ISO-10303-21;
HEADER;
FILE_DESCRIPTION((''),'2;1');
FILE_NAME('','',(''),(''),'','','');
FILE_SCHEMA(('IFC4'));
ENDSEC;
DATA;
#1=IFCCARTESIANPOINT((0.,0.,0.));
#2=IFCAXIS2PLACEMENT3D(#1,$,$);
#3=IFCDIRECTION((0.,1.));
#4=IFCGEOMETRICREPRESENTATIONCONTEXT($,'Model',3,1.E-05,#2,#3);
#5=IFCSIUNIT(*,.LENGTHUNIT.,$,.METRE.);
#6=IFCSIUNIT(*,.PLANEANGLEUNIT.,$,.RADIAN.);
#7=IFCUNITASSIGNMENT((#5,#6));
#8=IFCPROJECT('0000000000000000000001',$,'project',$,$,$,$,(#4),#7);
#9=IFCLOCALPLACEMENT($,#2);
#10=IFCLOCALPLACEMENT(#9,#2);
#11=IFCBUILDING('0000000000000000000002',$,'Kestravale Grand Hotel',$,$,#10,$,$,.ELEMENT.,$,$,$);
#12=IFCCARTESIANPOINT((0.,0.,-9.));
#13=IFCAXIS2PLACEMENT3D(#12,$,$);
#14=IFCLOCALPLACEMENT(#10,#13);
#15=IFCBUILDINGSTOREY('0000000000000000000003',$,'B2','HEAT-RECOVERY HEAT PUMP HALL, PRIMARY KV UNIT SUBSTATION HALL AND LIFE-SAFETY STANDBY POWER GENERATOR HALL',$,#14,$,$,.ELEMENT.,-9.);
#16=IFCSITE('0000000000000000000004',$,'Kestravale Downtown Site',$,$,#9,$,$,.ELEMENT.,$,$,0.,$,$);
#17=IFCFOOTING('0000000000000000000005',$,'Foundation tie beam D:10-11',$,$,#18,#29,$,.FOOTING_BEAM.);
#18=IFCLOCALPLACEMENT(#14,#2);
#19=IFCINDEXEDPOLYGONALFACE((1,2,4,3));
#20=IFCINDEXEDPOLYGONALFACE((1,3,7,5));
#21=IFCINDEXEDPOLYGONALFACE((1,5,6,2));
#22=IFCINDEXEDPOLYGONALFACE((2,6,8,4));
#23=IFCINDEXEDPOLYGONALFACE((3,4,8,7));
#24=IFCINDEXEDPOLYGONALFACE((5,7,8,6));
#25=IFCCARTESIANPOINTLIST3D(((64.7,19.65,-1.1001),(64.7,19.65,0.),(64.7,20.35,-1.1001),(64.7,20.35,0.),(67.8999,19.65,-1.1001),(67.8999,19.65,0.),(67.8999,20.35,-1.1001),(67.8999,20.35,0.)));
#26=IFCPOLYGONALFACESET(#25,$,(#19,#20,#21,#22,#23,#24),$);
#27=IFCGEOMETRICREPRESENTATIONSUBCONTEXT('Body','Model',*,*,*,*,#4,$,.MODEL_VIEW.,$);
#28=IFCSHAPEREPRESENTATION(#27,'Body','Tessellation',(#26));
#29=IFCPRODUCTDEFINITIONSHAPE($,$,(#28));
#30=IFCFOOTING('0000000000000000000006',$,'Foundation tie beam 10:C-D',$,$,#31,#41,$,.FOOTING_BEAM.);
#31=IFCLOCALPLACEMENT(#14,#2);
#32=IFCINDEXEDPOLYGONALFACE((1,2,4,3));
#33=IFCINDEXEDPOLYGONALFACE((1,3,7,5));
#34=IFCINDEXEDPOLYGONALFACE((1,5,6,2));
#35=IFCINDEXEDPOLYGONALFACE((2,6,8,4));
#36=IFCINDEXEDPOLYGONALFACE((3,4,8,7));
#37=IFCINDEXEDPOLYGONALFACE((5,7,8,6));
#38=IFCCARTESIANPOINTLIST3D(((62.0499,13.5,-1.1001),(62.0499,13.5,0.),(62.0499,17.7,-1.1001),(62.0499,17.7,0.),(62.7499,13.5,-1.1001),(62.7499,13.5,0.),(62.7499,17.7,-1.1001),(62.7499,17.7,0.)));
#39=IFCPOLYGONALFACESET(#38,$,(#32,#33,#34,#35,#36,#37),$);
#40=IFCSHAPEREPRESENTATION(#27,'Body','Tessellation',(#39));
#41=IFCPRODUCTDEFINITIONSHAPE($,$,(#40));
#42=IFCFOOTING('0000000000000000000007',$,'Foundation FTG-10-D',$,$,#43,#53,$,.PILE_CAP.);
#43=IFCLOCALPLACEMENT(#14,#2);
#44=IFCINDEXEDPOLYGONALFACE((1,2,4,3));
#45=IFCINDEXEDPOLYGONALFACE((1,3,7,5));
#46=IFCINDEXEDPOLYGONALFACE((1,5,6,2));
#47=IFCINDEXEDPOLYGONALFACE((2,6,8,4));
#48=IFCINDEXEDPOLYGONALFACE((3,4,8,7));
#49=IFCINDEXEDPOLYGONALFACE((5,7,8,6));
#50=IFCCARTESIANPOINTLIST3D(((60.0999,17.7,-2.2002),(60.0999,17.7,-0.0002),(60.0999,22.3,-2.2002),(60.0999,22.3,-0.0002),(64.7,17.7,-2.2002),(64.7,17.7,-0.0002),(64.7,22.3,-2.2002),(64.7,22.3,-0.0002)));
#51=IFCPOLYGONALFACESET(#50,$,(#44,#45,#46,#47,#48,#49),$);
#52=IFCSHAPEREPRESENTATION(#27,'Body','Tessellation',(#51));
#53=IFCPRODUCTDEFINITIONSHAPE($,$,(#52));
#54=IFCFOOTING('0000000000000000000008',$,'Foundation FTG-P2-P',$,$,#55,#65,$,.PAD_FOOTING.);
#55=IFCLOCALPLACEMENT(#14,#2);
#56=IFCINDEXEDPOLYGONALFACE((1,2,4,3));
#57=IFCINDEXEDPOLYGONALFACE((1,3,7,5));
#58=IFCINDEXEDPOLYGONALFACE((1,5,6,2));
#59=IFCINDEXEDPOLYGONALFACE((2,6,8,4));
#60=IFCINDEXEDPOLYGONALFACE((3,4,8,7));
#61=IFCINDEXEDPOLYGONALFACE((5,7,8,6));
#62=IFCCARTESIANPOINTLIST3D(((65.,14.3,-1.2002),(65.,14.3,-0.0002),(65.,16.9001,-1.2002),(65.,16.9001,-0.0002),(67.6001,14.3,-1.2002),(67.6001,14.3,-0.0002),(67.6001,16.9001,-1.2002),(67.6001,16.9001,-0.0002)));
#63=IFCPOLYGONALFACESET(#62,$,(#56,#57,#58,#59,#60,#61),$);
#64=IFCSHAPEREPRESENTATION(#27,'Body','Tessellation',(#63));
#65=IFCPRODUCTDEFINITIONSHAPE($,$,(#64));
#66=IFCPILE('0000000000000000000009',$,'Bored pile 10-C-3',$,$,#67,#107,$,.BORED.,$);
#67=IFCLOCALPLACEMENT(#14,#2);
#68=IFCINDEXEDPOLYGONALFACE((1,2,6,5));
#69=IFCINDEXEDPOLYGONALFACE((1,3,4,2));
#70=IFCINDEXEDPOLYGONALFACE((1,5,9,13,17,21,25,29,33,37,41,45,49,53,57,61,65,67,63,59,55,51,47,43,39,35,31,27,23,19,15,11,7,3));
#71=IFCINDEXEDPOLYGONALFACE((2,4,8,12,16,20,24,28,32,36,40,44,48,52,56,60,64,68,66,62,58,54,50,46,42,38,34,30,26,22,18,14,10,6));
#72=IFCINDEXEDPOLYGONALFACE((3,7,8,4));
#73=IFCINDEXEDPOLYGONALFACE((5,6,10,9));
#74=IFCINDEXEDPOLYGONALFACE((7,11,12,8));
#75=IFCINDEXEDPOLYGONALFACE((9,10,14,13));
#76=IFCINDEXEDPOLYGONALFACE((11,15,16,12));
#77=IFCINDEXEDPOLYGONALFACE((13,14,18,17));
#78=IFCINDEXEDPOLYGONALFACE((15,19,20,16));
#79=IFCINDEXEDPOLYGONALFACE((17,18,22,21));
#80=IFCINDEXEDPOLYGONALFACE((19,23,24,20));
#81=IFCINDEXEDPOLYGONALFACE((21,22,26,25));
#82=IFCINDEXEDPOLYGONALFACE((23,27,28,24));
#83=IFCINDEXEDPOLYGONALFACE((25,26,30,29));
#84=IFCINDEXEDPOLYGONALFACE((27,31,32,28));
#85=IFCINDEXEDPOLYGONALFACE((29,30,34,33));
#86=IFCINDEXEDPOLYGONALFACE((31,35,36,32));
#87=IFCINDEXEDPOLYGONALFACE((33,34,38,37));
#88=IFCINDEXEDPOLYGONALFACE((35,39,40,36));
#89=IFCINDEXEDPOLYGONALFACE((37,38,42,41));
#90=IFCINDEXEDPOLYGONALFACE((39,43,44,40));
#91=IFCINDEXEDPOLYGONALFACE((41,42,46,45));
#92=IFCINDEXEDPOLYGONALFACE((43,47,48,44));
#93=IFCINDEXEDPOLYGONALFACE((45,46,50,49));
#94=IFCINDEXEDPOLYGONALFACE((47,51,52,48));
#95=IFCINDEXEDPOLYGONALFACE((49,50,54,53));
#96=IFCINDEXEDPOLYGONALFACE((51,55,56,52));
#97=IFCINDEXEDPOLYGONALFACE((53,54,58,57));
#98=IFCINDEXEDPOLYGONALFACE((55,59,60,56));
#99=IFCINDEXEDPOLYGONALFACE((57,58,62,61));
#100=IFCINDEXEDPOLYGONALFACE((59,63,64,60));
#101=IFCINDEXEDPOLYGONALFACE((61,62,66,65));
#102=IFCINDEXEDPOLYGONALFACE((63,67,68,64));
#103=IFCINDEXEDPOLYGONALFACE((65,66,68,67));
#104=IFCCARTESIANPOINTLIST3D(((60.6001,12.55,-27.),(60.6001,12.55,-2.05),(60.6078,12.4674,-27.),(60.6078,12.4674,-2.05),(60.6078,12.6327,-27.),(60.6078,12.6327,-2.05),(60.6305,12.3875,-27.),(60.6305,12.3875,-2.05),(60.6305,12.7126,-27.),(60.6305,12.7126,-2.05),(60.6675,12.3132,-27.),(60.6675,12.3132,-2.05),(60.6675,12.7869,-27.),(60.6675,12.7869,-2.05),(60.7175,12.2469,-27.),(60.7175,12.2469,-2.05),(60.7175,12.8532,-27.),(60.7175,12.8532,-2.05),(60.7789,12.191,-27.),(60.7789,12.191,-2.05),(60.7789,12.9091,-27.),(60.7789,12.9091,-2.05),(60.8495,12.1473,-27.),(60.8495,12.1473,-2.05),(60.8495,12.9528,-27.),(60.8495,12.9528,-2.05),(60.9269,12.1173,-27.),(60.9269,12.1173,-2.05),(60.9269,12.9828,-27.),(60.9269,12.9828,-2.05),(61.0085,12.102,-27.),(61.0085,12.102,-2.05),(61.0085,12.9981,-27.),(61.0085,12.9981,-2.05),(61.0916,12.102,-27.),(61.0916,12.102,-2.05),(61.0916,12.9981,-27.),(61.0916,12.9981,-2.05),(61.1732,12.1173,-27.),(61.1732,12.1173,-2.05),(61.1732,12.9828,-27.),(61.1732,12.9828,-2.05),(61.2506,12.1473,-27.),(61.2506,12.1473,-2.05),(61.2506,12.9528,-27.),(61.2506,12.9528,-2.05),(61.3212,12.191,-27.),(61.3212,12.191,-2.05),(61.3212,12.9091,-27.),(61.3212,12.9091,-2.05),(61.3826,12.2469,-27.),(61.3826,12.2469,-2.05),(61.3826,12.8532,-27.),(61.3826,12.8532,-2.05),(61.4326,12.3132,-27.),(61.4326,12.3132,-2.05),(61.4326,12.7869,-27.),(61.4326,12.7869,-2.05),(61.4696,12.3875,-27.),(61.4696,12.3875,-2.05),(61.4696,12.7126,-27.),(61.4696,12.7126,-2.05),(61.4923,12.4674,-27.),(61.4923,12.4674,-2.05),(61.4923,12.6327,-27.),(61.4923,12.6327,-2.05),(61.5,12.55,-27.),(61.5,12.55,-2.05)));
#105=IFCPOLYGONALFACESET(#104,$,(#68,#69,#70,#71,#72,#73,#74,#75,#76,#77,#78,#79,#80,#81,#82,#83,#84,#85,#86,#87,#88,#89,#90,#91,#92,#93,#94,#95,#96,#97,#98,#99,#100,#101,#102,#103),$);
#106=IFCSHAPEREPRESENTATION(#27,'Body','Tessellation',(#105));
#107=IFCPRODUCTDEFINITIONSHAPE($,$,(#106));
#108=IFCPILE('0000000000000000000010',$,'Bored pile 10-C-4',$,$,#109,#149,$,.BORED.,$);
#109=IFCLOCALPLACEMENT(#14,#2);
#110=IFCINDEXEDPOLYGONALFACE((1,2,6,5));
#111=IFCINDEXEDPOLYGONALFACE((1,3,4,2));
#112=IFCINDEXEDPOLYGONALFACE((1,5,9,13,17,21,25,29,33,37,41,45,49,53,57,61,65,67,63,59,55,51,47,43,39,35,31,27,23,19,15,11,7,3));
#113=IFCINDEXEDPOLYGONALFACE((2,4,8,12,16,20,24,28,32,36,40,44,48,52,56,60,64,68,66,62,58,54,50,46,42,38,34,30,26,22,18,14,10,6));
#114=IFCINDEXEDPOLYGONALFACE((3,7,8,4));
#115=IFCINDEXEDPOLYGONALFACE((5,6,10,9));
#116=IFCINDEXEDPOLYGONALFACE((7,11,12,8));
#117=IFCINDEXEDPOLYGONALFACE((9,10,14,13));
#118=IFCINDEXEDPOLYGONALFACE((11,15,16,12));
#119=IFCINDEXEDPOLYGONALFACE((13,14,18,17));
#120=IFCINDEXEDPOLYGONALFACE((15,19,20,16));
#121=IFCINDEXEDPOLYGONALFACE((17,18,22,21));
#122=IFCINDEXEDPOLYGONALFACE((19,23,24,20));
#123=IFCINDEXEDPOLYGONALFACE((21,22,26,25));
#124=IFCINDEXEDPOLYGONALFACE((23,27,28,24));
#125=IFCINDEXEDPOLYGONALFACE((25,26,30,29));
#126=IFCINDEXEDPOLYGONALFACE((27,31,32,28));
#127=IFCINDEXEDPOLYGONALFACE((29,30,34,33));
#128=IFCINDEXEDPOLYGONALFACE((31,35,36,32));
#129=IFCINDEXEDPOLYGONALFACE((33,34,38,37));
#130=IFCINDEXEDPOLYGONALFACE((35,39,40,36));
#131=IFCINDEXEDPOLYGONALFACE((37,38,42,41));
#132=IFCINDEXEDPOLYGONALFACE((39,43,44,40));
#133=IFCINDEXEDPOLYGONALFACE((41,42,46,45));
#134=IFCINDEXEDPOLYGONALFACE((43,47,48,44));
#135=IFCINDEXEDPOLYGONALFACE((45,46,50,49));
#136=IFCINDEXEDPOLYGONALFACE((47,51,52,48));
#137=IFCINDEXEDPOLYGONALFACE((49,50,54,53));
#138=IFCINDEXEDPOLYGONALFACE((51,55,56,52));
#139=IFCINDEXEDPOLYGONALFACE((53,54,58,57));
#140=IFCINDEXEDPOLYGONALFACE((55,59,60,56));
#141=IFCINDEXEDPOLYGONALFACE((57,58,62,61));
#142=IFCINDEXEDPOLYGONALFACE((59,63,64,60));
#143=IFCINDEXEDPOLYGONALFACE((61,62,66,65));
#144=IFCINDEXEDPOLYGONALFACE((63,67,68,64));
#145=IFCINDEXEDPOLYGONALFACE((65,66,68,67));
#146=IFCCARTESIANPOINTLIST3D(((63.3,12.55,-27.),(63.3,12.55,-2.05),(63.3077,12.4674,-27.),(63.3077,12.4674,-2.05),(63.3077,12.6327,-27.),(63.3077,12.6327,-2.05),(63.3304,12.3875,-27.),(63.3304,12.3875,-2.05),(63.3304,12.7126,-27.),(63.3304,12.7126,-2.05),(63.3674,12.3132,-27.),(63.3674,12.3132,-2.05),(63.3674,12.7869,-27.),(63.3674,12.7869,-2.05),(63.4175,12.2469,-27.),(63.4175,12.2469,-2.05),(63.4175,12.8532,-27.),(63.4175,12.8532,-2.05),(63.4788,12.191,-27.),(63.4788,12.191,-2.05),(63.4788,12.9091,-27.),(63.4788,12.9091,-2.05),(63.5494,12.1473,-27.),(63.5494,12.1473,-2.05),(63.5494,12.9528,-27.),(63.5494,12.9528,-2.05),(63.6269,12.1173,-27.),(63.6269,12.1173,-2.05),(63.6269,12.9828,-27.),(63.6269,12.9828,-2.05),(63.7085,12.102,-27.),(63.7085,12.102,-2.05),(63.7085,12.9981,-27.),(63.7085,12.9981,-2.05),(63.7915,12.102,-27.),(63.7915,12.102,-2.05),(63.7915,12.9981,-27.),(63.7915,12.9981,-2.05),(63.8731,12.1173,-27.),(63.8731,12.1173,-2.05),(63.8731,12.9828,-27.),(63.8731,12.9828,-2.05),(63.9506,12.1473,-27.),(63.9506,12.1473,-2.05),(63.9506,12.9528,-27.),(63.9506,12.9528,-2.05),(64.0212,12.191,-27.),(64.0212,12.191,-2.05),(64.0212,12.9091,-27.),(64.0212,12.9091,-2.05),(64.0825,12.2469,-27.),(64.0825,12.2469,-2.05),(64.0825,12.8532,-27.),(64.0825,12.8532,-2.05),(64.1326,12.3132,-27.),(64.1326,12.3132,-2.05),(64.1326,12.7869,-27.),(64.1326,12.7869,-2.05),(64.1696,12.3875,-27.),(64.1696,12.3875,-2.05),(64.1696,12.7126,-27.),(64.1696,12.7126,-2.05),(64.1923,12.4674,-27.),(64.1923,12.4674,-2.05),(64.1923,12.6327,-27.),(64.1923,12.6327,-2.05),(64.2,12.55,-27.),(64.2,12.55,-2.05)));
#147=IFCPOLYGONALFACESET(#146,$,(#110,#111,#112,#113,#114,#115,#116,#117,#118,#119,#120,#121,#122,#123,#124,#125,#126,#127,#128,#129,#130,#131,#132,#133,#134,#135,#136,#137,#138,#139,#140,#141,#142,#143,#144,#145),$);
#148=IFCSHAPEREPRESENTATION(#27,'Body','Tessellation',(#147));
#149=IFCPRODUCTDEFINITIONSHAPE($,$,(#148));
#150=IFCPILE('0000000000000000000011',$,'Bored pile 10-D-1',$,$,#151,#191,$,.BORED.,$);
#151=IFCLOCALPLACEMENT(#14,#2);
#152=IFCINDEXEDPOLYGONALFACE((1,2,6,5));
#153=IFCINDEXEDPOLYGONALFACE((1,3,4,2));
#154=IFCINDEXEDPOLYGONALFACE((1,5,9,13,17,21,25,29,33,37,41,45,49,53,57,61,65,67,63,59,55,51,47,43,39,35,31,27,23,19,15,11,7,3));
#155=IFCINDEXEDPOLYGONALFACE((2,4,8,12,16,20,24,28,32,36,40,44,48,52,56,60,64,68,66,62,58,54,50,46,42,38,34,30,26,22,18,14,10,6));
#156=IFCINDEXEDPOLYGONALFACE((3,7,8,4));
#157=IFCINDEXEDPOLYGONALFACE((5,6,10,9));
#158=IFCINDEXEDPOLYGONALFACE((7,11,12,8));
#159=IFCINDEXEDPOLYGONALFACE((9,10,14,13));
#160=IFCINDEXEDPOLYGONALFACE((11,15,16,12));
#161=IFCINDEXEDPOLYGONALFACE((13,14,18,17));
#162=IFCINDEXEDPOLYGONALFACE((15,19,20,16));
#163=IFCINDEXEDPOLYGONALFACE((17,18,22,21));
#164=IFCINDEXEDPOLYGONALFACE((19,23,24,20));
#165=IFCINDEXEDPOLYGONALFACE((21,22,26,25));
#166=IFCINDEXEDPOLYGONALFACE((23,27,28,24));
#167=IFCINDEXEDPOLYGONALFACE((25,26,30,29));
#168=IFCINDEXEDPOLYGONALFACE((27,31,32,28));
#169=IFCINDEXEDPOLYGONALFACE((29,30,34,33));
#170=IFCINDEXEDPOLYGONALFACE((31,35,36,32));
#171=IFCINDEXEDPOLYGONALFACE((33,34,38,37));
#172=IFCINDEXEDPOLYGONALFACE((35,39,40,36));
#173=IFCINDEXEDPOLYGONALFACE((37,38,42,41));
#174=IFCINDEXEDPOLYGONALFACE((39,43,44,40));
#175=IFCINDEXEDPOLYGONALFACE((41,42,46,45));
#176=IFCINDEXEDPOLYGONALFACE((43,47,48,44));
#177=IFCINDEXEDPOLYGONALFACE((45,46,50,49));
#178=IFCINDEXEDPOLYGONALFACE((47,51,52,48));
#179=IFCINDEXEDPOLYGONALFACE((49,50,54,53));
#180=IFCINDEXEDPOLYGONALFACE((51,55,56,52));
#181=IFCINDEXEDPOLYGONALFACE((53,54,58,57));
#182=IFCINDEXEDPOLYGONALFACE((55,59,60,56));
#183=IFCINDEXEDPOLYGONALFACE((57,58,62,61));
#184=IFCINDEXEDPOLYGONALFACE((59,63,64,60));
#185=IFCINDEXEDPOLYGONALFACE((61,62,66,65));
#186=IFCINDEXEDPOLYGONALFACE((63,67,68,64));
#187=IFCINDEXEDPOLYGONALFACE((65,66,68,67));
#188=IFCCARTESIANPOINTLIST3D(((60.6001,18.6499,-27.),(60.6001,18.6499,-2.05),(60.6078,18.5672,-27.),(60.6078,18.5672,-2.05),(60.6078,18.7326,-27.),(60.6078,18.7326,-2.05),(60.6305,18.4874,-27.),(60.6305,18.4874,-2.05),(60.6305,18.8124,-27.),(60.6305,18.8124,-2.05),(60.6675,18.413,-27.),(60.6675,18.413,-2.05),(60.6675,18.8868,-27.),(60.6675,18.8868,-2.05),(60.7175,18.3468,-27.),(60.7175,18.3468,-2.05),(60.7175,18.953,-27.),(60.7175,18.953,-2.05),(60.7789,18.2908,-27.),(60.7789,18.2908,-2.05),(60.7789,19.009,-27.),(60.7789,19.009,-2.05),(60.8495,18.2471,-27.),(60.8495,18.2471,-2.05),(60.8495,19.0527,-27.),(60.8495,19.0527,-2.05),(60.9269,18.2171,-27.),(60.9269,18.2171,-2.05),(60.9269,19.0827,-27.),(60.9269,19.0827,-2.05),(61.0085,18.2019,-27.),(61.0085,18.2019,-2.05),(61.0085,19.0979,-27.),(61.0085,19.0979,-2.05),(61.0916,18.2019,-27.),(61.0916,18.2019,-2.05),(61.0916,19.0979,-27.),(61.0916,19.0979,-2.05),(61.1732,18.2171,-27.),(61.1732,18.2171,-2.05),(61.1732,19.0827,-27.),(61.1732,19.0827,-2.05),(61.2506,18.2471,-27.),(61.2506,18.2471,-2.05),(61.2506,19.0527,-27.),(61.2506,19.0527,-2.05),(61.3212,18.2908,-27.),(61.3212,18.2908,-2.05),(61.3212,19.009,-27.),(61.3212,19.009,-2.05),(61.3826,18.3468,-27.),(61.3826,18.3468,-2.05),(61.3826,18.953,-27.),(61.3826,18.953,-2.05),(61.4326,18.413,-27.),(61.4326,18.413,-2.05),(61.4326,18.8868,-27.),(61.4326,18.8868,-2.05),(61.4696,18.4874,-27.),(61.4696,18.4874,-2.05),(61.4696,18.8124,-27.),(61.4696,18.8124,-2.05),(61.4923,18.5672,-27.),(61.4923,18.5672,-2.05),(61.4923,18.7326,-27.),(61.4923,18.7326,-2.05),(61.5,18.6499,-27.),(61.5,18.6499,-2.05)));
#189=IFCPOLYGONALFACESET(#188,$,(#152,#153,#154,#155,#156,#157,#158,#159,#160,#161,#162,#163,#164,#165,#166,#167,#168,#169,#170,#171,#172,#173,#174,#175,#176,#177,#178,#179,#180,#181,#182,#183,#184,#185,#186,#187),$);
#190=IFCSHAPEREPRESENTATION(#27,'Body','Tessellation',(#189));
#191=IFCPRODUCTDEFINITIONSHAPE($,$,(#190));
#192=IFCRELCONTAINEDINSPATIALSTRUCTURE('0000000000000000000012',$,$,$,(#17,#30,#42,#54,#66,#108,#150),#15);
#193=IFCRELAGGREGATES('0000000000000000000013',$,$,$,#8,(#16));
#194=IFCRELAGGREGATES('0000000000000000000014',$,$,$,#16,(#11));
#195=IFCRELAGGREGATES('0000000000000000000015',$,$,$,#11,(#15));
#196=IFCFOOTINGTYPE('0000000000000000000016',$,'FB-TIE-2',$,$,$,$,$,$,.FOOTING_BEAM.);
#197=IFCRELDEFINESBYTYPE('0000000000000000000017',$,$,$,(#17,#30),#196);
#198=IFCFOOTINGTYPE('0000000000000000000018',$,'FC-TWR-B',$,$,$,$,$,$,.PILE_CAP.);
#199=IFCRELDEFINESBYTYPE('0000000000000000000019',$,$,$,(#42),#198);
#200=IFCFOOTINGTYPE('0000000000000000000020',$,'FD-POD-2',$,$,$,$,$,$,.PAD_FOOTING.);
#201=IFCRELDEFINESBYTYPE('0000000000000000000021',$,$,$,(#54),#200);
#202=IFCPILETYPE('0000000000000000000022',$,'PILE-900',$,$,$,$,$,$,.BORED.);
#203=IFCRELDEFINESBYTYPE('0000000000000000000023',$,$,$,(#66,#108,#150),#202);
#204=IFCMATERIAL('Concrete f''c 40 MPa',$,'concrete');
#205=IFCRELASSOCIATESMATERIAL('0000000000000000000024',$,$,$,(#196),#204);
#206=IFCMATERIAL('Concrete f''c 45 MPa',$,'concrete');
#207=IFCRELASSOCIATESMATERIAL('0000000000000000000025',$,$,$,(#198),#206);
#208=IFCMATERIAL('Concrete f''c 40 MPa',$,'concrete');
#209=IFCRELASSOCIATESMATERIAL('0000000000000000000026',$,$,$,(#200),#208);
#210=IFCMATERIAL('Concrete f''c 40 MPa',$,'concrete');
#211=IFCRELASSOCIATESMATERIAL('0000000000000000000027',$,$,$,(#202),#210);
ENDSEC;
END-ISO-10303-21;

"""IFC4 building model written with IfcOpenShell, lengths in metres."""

from ifc_helpers import new_model, si_unit, direction, frame, origin, origin_2d, place, context, subcontext, project, spatial, rectangle, circle, extrude, material, material_profile, profile_set, type_object, element, save


model = new_model("IFC4")

# Units and contexts
model_context = context("Model", 3, precision=1e-05, world=origin(), true_north=direction((0.0, 1.0)))
body_context = subcontext(model_context, "Body", "Model", "MODEL_VIEW")
ifc_project = project(units=[si_unit("LENGTHUNIT", "METRE"), si_unit("PLANEANGLEUNIT", "RADIAN")], contexts=[model_context])

# Site, building, storey
site_placement = place(None, origin())
site = spatial("IfcSite", under=ifc_project, at=site_placement, Name="Kestravale Downtown Site", CompositionType="ELEMENT", RefElevation=0.0)
building_placement = place(site_placement, origin())
building = spatial("IfcBuilding", under=site, at=building_placement, Name="Kestravale Grand Hotel", CompositionType="ELEMENT")
storey_placement = place(building_placement, frame((0.0, 0.0, -9.0)))
storey = spatial("IfcBuildingStorey", under=building, at=storey_placement, Name="B2", Description="HEAT-RECOVERY HEAT PUMP HALL, PRIMARY KV UNIT SUBSTATION HALL AND LIFE-SAFETY STANDBY POWER GENERATOR HALL", CompositionType="ELEMENT", Elevation=-9.0)

# Footings
ifc_material_1 = material(Name="Concrete f'c 40 MPa", Category="concrete")
ifc_material_profile_1 = material_profile(ifc_material_1, rectangle(XDim=0.7, YDim=1.1001, at=origin_2d()))
ifc_profile_set_1 = profile_set([ifc_material_profile_1], Name="Concrete f'c 40 MPa")
footing_type_1 = type_object("IfcFootingType", Name="FB-TIE-2", PredefinedType="FOOTING_BEAM", material=ifc_profile_set_1)
footing_1_placement = place(storey_placement, frame((64.7, 20.0, -0.55), z_axis=(1.0, 0.0, 0.0), x_axis=(0.0, 1.0, 0.0)))
element("IfcFooting", 1, at=footing_1_placement, inside=storey, type_object=footing_type_1, Name="Foundation tie beam D:10-11", PredefinedType="FOOTING_BEAM", context=body_context, shape_type="SweptSolid", body=[
    extrude(rectangle(XDim=0.7, YDim=1.1001, at=origin_2d()), origin(), (0.0, 0.0, 1.0), 3.2),
])
footing_2_placement = place(storey_placement, frame((62.3999, 13.5, -0.55), z_axis=(0.0, 1.0, 0.0), x_axis=(-1.0, 0.0, 0.0)))
element("IfcFooting", 2, at=footing_2_placement, inside=storey, type_object=footing_type_1, Name="Foundation tie beam 10:C-D", PredefinedType="FOOTING_BEAM", context=body_context, shape_type="SweptSolid", body=[
    extrude(rectangle(XDim=0.7, YDim=1.1001, at=origin_2d()), origin(), (0.0, 0.0, 1.0), 4.2),
])
ifc_material_2 = material(Name="Concrete f'c 45 MPa", Category="concrete")
footing_type_2 = type_object("IfcFootingType", Name="FC-TWR-B", PredefinedType="PILE_CAP", material=ifc_material_2)
footing_3_placement = place(storey_placement, frame((62.3999, 20.0, -2.2002), z_axis=(0.0, 0.0, 1.0), x_axis=(1.0, 0.0, 0.0)))
element("IfcFooting", 3, at=footing_3_placement, inside=storey, type_object=footing_type_2, Name="Foundation FTG-10-D", PredefinedType="PILE_CAP", context=body_context, shape_type="SweptSolid", body=[
    extrude(rectangle(XDim=4.6001, YDim=4.6001, at=origin_2d()), origin(), (0.0, 0.0, 1.0), 2.2),
])
ifc_material_3 = material(Name="Concrete f'c 40 MPa", Category="concrete")
footing_type_3 = type_object("IfcFootingType", Name="FD-POD-2", PredefinedType="PAD_FOOTING", material=ifc_material_3)
footing_4_placement = place(storey_placement, frame((66.3, 15.6001, -1.2002), z_axis=(0.0, 0.0, 1.0), x_axis=(1.0, 0.0, 0.0)))
element("IfcFooting", 4, at=footing_4_placement, inside=storey, type_object=footing_type_3, Name="Foundation FTG-P2-P", PredefinedType="PAD_FOOTING", context=body_context, shape_type="SweptSolid", body=[
    extrude(rectangle(XDim=2.6001, YDim=2.6001, at=origin_2d()), origin(), (0.0, 0.0, 1.0), 1.2),
])

# Piles
ifc_material_4 = material(Name="Concrete f'c 40 MPa", Category="concrete")
ifc_material_profile_2 = material_profile(ifc_material_4, circle(Radius=0.45, at=origin_2d()))
ifc_profile_set_2 = profile_set([ifc_material_profile_2], Name="Concrete f'c 40 MPa")
pile_type = type_object("IfcPileType", Name="PILE-900", PredefinedType="BORED", material=ifc_profile_set_2)
for number, where, z_axis, x_axis, name in (
    (5, (61.05, 12.55, -2.05), (0.0, 0.0, -1.0), (1.0, 0.0, 0.0), "Bored pile 10-C-3"),
    (6, (63.75, 12.55, -2.05), (0.0, 0.0, -1.0), (1.0, 0.0, 0.0), "Bored pile 10-C-4"),
    (7, (61.05, 18.6499, -2.05), (0.0, 0.0, -1.0), (1.0, 0.0, 0.0), "Bored pile 10-D-1"),
):
    element("IfcPile", number, at=place(storey_placement, frame(where, z_axis=z_axis, x_axis=x_axis)), inside=storey, type_object=pile_type, Name=name, PredefinedType="BORED", context=body_context, shape_type="SweptSolid", body=[
        extrude(circle(Radius=0.45, at=origin_2d()), origin(), (0.0, 0.0, 1.0), 24.95),
    ])

save(model, "model.ifc")
